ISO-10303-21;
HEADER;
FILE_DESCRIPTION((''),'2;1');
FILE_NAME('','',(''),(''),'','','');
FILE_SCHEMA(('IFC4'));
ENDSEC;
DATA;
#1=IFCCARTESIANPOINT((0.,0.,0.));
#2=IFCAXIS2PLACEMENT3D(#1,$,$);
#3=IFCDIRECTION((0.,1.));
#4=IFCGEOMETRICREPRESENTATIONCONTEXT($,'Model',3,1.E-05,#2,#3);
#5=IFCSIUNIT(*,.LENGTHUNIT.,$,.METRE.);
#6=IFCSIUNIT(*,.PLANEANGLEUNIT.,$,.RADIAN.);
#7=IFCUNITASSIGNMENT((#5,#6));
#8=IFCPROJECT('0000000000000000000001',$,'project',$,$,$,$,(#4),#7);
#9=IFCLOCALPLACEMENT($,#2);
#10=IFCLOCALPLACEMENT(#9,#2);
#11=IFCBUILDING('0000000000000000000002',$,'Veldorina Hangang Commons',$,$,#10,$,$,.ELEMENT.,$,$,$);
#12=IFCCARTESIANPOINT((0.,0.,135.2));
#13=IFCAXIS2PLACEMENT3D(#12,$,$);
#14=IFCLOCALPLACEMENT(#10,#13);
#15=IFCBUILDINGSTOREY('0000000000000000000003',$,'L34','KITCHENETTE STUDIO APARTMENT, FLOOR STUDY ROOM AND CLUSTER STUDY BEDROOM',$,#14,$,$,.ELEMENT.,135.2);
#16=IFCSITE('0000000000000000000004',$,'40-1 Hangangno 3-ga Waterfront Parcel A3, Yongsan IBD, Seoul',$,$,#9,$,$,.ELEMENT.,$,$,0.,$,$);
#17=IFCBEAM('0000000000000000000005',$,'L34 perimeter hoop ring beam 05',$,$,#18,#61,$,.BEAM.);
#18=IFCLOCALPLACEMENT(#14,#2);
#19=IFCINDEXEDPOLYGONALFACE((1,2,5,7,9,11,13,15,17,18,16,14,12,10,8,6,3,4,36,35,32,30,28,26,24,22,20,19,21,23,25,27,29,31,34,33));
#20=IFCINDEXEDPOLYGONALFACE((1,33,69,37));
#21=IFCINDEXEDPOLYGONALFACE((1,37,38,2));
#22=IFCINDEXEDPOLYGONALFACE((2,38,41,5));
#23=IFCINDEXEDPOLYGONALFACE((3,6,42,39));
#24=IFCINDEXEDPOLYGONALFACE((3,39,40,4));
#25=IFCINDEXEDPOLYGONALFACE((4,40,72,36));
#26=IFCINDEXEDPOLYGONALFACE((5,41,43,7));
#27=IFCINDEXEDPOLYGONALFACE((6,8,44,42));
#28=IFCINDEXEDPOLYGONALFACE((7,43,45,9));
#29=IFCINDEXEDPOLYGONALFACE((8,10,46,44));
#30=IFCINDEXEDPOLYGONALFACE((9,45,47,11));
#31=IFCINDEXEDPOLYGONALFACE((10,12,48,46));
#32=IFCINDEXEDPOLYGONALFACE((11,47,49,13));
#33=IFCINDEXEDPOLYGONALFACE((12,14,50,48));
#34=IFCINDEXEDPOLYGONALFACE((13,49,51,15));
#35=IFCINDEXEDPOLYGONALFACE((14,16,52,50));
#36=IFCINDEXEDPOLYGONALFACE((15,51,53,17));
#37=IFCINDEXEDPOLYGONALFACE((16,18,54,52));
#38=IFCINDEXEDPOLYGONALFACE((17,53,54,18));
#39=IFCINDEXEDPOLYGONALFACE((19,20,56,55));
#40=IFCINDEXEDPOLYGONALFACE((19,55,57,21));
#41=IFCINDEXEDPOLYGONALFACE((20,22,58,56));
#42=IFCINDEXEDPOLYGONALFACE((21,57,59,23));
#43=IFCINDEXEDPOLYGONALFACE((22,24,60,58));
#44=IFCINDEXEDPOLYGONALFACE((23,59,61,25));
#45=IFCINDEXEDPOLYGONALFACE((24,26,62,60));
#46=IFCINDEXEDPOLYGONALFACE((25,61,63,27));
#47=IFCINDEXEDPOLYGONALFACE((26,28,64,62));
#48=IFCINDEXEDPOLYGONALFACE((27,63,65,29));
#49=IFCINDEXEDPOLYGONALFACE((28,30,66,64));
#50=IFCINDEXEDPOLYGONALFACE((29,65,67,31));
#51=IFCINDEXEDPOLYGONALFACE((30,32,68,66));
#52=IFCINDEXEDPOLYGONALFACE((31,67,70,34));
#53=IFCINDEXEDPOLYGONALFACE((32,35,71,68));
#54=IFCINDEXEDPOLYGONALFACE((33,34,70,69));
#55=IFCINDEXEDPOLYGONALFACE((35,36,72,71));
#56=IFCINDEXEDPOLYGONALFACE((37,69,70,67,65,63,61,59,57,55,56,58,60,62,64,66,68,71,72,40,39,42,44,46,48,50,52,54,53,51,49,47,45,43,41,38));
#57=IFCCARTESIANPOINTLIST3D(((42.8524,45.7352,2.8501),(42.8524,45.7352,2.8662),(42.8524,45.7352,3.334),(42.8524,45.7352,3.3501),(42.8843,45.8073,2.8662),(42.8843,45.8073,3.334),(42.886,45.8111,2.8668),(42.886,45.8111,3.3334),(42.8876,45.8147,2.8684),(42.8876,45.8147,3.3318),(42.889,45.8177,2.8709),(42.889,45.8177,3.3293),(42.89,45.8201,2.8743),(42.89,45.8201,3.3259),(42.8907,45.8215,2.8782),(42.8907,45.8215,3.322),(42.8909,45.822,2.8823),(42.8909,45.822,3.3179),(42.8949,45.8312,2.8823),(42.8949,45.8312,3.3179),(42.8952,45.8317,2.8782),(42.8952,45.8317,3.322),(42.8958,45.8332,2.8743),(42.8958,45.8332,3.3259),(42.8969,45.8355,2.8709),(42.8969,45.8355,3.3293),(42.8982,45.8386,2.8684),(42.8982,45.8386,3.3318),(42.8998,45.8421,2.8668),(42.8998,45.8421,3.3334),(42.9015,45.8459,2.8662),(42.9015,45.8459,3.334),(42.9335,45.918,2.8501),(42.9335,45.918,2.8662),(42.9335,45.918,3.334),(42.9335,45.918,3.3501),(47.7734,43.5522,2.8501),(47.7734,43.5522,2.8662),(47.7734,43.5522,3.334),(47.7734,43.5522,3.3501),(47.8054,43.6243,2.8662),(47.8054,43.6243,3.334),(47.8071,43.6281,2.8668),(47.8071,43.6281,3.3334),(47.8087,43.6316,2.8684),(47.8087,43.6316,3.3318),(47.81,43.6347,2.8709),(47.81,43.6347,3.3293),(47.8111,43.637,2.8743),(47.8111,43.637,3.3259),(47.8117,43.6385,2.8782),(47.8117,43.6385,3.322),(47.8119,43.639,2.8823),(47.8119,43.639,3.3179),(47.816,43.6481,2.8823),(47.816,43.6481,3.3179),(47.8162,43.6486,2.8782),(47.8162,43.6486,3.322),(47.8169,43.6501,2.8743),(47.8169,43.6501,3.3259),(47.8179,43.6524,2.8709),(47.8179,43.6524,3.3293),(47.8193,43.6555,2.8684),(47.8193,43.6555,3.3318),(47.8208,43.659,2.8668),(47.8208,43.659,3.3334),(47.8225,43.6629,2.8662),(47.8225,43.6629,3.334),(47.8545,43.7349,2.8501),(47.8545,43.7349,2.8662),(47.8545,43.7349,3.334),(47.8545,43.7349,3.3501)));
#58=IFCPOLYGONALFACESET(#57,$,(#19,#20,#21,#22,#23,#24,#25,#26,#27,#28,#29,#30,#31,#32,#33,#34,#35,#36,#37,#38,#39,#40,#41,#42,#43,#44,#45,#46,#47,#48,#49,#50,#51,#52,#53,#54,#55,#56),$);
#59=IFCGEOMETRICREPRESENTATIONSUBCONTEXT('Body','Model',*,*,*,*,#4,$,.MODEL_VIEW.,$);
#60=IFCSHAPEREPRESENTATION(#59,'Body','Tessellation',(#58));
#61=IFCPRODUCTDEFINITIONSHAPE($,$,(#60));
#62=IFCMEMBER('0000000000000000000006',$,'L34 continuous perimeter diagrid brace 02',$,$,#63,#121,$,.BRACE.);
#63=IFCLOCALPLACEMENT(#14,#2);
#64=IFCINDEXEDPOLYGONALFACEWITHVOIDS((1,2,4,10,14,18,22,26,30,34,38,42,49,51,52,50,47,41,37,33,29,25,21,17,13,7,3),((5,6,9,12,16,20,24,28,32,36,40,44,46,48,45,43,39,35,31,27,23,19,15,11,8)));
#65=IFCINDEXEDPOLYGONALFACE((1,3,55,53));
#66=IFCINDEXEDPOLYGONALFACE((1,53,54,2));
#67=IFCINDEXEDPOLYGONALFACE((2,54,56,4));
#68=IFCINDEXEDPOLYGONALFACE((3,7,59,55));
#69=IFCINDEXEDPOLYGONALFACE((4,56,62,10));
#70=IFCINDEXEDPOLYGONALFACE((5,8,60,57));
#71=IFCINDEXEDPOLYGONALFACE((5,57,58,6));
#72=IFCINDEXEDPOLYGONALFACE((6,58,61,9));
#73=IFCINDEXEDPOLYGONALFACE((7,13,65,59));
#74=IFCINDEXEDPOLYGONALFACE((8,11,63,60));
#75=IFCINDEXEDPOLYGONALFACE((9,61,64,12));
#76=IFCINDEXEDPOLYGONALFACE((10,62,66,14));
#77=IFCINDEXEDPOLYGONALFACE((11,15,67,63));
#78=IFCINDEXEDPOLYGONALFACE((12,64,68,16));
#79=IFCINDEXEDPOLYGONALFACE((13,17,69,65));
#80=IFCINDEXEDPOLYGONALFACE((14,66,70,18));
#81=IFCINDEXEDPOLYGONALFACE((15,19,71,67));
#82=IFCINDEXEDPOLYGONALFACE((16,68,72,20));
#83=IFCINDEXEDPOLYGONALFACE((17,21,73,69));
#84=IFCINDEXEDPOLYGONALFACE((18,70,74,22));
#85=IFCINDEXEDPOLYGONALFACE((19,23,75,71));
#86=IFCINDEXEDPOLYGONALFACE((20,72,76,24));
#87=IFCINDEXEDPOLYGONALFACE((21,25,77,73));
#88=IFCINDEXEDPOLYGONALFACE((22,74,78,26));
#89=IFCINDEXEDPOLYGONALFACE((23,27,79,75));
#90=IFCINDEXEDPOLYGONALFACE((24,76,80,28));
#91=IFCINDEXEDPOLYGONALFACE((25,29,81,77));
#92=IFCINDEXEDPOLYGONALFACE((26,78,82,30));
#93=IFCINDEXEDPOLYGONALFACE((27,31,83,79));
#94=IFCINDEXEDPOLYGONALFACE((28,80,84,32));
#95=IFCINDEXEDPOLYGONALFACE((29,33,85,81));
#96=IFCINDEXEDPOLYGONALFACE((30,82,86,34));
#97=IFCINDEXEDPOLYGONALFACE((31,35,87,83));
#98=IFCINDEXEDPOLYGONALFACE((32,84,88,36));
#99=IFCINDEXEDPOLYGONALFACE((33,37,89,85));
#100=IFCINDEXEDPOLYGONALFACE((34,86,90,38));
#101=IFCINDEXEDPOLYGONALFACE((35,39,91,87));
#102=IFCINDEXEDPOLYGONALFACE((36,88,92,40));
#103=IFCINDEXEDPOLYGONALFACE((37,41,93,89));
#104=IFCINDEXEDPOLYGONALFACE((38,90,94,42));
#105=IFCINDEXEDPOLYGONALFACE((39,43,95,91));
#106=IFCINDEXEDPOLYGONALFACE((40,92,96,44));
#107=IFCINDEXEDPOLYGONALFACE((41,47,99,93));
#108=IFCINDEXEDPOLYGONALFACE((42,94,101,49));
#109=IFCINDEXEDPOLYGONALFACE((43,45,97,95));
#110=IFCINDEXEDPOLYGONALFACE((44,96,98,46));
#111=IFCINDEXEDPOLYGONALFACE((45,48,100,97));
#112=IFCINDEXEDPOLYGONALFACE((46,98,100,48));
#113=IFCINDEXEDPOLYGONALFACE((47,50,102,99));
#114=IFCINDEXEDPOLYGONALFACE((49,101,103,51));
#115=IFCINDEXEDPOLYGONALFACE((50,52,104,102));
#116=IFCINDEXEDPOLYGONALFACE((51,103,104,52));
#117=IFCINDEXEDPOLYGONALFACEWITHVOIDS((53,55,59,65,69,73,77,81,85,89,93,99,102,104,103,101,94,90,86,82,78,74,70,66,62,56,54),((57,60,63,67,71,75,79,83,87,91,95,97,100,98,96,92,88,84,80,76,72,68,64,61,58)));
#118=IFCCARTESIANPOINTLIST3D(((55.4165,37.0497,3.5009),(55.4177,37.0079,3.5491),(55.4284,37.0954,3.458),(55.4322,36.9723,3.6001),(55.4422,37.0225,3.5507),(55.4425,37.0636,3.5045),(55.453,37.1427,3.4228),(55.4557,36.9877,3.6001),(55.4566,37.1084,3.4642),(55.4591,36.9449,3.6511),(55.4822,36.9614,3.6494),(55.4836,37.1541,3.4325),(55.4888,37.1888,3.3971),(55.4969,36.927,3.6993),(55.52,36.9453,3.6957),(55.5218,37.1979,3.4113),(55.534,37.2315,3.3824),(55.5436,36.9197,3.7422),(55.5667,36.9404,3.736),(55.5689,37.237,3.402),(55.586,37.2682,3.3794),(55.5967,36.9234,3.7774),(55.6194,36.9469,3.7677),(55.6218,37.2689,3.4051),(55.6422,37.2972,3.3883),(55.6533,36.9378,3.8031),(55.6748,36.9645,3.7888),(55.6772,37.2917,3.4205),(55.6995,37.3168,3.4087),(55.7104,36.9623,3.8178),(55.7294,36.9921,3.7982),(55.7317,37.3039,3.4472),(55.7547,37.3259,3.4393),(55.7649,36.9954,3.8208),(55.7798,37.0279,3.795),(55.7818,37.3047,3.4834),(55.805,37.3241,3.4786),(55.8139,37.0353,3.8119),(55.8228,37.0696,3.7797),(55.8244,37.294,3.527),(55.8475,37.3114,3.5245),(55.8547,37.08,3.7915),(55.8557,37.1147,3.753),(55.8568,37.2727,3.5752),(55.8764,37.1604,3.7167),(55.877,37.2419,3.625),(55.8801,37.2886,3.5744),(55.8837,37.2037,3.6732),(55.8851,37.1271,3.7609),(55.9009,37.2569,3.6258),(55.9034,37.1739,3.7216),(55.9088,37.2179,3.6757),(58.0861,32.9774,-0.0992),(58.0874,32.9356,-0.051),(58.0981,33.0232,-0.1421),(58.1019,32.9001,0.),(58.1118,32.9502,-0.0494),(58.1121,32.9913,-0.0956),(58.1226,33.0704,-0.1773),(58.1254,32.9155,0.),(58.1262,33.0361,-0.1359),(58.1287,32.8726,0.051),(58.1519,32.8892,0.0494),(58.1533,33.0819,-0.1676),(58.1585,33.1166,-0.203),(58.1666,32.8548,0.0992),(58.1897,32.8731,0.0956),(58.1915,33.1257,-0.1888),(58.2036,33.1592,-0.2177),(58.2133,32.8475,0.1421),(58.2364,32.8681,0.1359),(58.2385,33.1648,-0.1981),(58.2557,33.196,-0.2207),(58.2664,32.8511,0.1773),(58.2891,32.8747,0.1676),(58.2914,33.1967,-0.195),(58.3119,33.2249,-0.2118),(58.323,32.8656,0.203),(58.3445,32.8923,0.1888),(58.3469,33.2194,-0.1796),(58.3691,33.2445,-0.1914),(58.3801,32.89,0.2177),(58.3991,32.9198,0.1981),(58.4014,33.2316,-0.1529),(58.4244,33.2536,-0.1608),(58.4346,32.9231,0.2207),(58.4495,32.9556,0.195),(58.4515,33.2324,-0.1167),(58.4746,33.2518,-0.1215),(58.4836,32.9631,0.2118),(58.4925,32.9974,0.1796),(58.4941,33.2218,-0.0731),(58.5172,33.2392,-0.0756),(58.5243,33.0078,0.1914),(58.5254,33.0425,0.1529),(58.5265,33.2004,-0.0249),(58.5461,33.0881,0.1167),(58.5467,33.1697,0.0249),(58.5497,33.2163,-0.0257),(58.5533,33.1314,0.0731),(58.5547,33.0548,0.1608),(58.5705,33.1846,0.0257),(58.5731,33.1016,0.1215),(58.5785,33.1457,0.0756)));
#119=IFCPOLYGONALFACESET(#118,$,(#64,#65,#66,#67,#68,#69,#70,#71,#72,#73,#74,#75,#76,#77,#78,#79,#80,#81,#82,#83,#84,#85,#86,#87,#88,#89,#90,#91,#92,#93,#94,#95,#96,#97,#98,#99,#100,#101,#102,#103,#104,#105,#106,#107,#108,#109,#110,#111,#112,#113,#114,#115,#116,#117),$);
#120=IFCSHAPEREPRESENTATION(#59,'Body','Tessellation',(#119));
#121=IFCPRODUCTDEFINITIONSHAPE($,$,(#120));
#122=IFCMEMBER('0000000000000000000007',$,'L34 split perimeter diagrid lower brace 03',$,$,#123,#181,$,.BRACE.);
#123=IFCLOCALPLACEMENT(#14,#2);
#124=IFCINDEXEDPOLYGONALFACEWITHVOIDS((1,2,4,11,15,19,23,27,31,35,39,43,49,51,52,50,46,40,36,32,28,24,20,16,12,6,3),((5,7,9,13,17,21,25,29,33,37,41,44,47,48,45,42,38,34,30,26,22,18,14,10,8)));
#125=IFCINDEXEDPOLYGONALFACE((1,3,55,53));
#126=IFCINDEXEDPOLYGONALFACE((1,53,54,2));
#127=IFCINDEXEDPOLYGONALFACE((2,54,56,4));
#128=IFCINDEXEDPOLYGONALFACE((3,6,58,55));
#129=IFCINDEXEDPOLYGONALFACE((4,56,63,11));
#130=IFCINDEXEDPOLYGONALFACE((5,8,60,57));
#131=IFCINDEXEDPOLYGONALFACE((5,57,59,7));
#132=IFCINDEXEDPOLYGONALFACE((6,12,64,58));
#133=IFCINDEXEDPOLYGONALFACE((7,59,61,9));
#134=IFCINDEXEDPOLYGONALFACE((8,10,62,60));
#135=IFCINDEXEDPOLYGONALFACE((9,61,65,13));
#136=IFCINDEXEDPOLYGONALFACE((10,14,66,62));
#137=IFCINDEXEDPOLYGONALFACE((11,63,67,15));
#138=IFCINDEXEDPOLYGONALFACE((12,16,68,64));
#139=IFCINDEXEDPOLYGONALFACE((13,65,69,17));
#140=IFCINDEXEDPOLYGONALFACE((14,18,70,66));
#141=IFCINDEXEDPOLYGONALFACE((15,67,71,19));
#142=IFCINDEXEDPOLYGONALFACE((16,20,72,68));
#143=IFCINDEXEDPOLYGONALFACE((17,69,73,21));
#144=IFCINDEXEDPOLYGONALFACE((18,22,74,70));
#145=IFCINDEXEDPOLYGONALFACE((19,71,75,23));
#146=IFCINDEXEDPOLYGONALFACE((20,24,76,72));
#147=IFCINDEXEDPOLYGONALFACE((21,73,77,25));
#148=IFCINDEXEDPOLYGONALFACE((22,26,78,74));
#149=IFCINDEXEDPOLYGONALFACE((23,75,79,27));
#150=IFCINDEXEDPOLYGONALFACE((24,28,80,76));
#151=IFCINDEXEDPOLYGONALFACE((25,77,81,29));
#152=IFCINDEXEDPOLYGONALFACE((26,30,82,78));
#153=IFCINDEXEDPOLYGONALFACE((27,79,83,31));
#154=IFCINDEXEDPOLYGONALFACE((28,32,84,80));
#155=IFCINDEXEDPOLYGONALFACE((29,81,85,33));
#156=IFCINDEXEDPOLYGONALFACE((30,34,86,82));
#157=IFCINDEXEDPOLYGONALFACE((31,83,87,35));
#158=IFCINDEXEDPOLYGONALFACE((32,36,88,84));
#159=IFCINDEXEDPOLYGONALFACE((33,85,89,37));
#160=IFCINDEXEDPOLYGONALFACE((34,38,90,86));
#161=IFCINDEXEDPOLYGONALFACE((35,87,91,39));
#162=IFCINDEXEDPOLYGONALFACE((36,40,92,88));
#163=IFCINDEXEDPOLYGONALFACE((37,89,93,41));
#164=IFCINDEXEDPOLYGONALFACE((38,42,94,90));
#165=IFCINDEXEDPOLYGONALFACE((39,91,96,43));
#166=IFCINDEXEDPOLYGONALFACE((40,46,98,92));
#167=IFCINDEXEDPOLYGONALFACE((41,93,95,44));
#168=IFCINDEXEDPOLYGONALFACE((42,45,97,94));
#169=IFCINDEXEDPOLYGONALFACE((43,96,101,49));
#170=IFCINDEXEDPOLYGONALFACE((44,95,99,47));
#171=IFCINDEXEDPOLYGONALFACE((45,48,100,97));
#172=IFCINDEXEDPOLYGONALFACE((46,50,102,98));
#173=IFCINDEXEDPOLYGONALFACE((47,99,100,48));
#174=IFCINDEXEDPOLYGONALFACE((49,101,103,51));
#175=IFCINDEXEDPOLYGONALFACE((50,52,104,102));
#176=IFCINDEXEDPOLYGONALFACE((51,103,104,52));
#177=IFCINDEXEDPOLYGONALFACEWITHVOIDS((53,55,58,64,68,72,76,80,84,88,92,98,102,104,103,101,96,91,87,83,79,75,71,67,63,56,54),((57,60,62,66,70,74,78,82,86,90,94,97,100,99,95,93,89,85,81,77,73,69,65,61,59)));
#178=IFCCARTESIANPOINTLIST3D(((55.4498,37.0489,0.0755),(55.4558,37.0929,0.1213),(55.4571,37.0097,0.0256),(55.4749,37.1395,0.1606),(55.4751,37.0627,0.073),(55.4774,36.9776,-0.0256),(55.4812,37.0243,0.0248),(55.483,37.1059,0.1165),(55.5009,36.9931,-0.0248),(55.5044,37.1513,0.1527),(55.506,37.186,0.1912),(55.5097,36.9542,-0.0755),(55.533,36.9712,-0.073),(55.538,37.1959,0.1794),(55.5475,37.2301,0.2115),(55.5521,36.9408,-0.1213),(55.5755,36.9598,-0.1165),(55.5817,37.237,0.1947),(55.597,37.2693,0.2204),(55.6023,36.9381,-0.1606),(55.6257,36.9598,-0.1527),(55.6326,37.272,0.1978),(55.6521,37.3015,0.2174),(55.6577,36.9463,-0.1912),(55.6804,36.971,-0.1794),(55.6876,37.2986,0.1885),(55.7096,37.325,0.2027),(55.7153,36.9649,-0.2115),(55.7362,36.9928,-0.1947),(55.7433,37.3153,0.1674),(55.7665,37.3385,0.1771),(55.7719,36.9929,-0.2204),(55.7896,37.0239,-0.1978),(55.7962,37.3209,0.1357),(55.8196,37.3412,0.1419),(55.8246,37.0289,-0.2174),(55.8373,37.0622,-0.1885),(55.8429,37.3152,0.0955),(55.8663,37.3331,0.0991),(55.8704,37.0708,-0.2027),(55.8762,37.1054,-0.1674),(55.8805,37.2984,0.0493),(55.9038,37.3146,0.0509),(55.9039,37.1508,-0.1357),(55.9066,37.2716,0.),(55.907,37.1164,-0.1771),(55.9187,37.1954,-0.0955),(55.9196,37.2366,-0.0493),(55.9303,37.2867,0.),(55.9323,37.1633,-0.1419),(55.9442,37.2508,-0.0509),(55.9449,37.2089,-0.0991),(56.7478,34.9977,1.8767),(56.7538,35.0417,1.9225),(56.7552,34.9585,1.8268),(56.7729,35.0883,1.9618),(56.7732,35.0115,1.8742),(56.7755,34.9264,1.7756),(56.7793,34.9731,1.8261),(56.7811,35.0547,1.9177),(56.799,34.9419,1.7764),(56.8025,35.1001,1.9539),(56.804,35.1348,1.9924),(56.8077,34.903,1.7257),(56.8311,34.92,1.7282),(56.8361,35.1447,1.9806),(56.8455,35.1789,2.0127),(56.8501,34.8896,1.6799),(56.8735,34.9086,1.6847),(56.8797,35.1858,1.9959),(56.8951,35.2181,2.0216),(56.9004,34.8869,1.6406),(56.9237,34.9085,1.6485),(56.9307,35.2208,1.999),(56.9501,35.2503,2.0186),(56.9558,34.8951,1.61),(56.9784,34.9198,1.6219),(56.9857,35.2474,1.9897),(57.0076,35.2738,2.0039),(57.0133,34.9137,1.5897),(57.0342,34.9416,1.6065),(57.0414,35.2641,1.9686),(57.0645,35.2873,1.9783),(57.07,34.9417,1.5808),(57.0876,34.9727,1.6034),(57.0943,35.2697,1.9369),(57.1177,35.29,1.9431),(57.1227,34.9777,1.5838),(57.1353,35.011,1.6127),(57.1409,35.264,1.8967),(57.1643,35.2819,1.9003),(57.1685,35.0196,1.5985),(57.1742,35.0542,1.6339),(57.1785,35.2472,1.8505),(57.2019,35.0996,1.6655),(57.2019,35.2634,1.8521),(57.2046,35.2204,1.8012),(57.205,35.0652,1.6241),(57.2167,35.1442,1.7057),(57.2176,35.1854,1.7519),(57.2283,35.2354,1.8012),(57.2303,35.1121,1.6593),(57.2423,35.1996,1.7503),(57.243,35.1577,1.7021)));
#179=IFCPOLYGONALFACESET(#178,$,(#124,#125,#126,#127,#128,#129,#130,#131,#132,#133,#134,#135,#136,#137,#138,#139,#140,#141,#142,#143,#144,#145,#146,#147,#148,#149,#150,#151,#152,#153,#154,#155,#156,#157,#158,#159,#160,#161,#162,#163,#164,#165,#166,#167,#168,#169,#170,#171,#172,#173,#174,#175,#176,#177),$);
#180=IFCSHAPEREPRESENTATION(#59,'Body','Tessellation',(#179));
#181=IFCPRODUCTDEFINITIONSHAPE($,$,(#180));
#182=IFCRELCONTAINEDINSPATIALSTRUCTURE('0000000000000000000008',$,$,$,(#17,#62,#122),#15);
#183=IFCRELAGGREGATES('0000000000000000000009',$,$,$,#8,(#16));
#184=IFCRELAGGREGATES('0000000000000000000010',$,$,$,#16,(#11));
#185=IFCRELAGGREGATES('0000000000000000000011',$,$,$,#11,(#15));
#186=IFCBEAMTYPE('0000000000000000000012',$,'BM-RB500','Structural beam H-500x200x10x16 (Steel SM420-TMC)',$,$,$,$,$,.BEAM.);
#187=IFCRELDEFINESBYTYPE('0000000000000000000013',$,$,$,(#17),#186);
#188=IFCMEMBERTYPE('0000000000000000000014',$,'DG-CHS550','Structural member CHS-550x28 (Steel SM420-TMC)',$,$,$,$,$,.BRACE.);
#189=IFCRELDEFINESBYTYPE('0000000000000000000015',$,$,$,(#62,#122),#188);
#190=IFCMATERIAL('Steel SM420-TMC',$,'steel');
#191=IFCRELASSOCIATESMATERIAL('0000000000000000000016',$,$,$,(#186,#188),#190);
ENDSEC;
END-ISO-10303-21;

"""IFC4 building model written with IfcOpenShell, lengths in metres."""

from ifc_helpers import new_model, si_unit, direction, frame, origin, origin_2d, place, context, subcontext, project, spatial, hollow_circle, i_section, extrude, material, material_profile, profile_set, type_object, element, save


model = new_model("IFC4")

# Units and contexts
model_context = context("Model", 3, precision=1e-05, world=origin(), true_north=direction((0.0, 1.0)))
body_context = subcontext(model_context, "Body", "Model", "MODEL_VIEW")
ifc_project = project(units=[si_unit("LENGTHUNIT", "METRE"), si_unit("PLANEANGLEUNIT", "RADIAN")], contexts=[model_context])

# Site, building, storey
site_placement = place(None, origin())
site = spatial("IfcSite", under=ifc_project, at=site_placement, Name="40-1 Hangangno 3-ga Waterfront Parcel A3, Yongsan IBD, Seoul", CompositionType="ELEMENT", RefElevation=0.0)
building_placement = place(site_placement, origin())
building = spatial("IfcBuilding", under=site, at=building_placement, Name="Veldorina Hangang Commons", CompositionType="ELEMENT")
storey_placement = place(building_placement, frame((0.0, 0.0, 135.2)))
storey = spatial("IfcBuildingStorey", under=building, at=storey_placement, Name="L34", Description="KITCHENETTE STUDIO APARTMENT, FLOOR STUDY ROOM AND CLUSTER STUDY BEDROOM", CompositionType="ELEMENT", Elevation=135.2)

# Beam
ifc_material_1 = material(Name="Steel SM420-TMC", Category="steel")
ifc_material_profile_1 = material_profile(ifc_material_1, i_section(OverallWidth=0.2, OverallDepth=0.5, WebThickness=0.01, FlangeThickness=0.0161, FilletRadius=0.0161, at=origin_2d()), Name="H-500x200x10x16")
ifc_profile_set_1 = profile_set([ifc_material_profile_1], Name="Steel SM420-TMC")
beam_type_1 = type_object("IfcBeamType", Name="BM-RB500", Description="Structural beam H-500x200x10x16 (Steel SM420-TMC)", PredefinedType="BEAM", material=ifc_profile_set_1)
beam_1_placement = place(storey_placement, frame((47.814, 43.6436, 3.1001), z_axis=(-0.914092, 0.405507, 0.0), x_axis=(-0.405507, -0.914092, 0.0)))
element("IfcBeam", 1, at=beam_1_placement, inside=storey, type_object=beam_type_1, Name="L34 perimeter hoop ring beam 05", PredefinedType="BEAM", context=body_context, shape_type="SweptSolid", body=[
    extrude(i_section(OverallWidth=0.2, OverallDepth=0.5, WebThickness=0.01, FlangeThickness=0.0161, FilletRadius=0.0161, at=origin_2d()), origin(), (0.0, 0.0, 1.0), 5.3835),
])

# Members
ifc_material_profile_2 = material_profile(ifc_material_1, hollow_circle(Radius=0.2749, WallThickness=0.0281, at=origin_2d()), Name="CHS-550x28")
ifc_profile_set_2 = profile_set([ifc_material_profile_2], Name="Steel SM420-TMC")
member_type = type_object("IfcMemberType", Name="DG-CHS550", Description="Structural member CHS-550x28 (Steel SM420-TMC)", PredefinedType="BRACE", material=ifc_profile_set_2)
member_1_placement = place(storey_placement, frame((58.3318, 33.0508, 0.0), z_axis=(-0.440855, 0.672471, 0.5945), x_axis=(-0.836307, -0.548262, 0.0)))
element("IfcMember", 2, at=member_1_placement, inside=storey, type_object=member_type, Name="L34 continuous perimeter diagrid brace 02", PredefinedType="BRACE", context=body_context, shape_type="SweptSolid", body=[
    extrude(hollow_circle(Radius=0.2749, WallThickness=0.0281, at=origin_2d()), origin(), (0.0, 0.0, 1.0), 6.0557),
])
member_2_placement = place(storey_placement, frame((55.698, 37.1396, 0.0), z_axis=(0.429435, -0.678599, 0.595894), x_axis=(0.845013, 0.534746, 0.0)))
element("IfcMember", 3, at=member_2_placement, inside=storey, type_object=member_type, Name="L34 split perimeter diagrid lower brace 03", PredefinedType="BRACE", context=body_context, shape_type="SweptSolid", body=[
    extrude(hollow_circle(Radius=0.2749, WallThickness=0.0281, at=origin_2d()), origin(), (0.0, 0.0, 1.0), 3.0227),
])

save(model, "model.ifc")
